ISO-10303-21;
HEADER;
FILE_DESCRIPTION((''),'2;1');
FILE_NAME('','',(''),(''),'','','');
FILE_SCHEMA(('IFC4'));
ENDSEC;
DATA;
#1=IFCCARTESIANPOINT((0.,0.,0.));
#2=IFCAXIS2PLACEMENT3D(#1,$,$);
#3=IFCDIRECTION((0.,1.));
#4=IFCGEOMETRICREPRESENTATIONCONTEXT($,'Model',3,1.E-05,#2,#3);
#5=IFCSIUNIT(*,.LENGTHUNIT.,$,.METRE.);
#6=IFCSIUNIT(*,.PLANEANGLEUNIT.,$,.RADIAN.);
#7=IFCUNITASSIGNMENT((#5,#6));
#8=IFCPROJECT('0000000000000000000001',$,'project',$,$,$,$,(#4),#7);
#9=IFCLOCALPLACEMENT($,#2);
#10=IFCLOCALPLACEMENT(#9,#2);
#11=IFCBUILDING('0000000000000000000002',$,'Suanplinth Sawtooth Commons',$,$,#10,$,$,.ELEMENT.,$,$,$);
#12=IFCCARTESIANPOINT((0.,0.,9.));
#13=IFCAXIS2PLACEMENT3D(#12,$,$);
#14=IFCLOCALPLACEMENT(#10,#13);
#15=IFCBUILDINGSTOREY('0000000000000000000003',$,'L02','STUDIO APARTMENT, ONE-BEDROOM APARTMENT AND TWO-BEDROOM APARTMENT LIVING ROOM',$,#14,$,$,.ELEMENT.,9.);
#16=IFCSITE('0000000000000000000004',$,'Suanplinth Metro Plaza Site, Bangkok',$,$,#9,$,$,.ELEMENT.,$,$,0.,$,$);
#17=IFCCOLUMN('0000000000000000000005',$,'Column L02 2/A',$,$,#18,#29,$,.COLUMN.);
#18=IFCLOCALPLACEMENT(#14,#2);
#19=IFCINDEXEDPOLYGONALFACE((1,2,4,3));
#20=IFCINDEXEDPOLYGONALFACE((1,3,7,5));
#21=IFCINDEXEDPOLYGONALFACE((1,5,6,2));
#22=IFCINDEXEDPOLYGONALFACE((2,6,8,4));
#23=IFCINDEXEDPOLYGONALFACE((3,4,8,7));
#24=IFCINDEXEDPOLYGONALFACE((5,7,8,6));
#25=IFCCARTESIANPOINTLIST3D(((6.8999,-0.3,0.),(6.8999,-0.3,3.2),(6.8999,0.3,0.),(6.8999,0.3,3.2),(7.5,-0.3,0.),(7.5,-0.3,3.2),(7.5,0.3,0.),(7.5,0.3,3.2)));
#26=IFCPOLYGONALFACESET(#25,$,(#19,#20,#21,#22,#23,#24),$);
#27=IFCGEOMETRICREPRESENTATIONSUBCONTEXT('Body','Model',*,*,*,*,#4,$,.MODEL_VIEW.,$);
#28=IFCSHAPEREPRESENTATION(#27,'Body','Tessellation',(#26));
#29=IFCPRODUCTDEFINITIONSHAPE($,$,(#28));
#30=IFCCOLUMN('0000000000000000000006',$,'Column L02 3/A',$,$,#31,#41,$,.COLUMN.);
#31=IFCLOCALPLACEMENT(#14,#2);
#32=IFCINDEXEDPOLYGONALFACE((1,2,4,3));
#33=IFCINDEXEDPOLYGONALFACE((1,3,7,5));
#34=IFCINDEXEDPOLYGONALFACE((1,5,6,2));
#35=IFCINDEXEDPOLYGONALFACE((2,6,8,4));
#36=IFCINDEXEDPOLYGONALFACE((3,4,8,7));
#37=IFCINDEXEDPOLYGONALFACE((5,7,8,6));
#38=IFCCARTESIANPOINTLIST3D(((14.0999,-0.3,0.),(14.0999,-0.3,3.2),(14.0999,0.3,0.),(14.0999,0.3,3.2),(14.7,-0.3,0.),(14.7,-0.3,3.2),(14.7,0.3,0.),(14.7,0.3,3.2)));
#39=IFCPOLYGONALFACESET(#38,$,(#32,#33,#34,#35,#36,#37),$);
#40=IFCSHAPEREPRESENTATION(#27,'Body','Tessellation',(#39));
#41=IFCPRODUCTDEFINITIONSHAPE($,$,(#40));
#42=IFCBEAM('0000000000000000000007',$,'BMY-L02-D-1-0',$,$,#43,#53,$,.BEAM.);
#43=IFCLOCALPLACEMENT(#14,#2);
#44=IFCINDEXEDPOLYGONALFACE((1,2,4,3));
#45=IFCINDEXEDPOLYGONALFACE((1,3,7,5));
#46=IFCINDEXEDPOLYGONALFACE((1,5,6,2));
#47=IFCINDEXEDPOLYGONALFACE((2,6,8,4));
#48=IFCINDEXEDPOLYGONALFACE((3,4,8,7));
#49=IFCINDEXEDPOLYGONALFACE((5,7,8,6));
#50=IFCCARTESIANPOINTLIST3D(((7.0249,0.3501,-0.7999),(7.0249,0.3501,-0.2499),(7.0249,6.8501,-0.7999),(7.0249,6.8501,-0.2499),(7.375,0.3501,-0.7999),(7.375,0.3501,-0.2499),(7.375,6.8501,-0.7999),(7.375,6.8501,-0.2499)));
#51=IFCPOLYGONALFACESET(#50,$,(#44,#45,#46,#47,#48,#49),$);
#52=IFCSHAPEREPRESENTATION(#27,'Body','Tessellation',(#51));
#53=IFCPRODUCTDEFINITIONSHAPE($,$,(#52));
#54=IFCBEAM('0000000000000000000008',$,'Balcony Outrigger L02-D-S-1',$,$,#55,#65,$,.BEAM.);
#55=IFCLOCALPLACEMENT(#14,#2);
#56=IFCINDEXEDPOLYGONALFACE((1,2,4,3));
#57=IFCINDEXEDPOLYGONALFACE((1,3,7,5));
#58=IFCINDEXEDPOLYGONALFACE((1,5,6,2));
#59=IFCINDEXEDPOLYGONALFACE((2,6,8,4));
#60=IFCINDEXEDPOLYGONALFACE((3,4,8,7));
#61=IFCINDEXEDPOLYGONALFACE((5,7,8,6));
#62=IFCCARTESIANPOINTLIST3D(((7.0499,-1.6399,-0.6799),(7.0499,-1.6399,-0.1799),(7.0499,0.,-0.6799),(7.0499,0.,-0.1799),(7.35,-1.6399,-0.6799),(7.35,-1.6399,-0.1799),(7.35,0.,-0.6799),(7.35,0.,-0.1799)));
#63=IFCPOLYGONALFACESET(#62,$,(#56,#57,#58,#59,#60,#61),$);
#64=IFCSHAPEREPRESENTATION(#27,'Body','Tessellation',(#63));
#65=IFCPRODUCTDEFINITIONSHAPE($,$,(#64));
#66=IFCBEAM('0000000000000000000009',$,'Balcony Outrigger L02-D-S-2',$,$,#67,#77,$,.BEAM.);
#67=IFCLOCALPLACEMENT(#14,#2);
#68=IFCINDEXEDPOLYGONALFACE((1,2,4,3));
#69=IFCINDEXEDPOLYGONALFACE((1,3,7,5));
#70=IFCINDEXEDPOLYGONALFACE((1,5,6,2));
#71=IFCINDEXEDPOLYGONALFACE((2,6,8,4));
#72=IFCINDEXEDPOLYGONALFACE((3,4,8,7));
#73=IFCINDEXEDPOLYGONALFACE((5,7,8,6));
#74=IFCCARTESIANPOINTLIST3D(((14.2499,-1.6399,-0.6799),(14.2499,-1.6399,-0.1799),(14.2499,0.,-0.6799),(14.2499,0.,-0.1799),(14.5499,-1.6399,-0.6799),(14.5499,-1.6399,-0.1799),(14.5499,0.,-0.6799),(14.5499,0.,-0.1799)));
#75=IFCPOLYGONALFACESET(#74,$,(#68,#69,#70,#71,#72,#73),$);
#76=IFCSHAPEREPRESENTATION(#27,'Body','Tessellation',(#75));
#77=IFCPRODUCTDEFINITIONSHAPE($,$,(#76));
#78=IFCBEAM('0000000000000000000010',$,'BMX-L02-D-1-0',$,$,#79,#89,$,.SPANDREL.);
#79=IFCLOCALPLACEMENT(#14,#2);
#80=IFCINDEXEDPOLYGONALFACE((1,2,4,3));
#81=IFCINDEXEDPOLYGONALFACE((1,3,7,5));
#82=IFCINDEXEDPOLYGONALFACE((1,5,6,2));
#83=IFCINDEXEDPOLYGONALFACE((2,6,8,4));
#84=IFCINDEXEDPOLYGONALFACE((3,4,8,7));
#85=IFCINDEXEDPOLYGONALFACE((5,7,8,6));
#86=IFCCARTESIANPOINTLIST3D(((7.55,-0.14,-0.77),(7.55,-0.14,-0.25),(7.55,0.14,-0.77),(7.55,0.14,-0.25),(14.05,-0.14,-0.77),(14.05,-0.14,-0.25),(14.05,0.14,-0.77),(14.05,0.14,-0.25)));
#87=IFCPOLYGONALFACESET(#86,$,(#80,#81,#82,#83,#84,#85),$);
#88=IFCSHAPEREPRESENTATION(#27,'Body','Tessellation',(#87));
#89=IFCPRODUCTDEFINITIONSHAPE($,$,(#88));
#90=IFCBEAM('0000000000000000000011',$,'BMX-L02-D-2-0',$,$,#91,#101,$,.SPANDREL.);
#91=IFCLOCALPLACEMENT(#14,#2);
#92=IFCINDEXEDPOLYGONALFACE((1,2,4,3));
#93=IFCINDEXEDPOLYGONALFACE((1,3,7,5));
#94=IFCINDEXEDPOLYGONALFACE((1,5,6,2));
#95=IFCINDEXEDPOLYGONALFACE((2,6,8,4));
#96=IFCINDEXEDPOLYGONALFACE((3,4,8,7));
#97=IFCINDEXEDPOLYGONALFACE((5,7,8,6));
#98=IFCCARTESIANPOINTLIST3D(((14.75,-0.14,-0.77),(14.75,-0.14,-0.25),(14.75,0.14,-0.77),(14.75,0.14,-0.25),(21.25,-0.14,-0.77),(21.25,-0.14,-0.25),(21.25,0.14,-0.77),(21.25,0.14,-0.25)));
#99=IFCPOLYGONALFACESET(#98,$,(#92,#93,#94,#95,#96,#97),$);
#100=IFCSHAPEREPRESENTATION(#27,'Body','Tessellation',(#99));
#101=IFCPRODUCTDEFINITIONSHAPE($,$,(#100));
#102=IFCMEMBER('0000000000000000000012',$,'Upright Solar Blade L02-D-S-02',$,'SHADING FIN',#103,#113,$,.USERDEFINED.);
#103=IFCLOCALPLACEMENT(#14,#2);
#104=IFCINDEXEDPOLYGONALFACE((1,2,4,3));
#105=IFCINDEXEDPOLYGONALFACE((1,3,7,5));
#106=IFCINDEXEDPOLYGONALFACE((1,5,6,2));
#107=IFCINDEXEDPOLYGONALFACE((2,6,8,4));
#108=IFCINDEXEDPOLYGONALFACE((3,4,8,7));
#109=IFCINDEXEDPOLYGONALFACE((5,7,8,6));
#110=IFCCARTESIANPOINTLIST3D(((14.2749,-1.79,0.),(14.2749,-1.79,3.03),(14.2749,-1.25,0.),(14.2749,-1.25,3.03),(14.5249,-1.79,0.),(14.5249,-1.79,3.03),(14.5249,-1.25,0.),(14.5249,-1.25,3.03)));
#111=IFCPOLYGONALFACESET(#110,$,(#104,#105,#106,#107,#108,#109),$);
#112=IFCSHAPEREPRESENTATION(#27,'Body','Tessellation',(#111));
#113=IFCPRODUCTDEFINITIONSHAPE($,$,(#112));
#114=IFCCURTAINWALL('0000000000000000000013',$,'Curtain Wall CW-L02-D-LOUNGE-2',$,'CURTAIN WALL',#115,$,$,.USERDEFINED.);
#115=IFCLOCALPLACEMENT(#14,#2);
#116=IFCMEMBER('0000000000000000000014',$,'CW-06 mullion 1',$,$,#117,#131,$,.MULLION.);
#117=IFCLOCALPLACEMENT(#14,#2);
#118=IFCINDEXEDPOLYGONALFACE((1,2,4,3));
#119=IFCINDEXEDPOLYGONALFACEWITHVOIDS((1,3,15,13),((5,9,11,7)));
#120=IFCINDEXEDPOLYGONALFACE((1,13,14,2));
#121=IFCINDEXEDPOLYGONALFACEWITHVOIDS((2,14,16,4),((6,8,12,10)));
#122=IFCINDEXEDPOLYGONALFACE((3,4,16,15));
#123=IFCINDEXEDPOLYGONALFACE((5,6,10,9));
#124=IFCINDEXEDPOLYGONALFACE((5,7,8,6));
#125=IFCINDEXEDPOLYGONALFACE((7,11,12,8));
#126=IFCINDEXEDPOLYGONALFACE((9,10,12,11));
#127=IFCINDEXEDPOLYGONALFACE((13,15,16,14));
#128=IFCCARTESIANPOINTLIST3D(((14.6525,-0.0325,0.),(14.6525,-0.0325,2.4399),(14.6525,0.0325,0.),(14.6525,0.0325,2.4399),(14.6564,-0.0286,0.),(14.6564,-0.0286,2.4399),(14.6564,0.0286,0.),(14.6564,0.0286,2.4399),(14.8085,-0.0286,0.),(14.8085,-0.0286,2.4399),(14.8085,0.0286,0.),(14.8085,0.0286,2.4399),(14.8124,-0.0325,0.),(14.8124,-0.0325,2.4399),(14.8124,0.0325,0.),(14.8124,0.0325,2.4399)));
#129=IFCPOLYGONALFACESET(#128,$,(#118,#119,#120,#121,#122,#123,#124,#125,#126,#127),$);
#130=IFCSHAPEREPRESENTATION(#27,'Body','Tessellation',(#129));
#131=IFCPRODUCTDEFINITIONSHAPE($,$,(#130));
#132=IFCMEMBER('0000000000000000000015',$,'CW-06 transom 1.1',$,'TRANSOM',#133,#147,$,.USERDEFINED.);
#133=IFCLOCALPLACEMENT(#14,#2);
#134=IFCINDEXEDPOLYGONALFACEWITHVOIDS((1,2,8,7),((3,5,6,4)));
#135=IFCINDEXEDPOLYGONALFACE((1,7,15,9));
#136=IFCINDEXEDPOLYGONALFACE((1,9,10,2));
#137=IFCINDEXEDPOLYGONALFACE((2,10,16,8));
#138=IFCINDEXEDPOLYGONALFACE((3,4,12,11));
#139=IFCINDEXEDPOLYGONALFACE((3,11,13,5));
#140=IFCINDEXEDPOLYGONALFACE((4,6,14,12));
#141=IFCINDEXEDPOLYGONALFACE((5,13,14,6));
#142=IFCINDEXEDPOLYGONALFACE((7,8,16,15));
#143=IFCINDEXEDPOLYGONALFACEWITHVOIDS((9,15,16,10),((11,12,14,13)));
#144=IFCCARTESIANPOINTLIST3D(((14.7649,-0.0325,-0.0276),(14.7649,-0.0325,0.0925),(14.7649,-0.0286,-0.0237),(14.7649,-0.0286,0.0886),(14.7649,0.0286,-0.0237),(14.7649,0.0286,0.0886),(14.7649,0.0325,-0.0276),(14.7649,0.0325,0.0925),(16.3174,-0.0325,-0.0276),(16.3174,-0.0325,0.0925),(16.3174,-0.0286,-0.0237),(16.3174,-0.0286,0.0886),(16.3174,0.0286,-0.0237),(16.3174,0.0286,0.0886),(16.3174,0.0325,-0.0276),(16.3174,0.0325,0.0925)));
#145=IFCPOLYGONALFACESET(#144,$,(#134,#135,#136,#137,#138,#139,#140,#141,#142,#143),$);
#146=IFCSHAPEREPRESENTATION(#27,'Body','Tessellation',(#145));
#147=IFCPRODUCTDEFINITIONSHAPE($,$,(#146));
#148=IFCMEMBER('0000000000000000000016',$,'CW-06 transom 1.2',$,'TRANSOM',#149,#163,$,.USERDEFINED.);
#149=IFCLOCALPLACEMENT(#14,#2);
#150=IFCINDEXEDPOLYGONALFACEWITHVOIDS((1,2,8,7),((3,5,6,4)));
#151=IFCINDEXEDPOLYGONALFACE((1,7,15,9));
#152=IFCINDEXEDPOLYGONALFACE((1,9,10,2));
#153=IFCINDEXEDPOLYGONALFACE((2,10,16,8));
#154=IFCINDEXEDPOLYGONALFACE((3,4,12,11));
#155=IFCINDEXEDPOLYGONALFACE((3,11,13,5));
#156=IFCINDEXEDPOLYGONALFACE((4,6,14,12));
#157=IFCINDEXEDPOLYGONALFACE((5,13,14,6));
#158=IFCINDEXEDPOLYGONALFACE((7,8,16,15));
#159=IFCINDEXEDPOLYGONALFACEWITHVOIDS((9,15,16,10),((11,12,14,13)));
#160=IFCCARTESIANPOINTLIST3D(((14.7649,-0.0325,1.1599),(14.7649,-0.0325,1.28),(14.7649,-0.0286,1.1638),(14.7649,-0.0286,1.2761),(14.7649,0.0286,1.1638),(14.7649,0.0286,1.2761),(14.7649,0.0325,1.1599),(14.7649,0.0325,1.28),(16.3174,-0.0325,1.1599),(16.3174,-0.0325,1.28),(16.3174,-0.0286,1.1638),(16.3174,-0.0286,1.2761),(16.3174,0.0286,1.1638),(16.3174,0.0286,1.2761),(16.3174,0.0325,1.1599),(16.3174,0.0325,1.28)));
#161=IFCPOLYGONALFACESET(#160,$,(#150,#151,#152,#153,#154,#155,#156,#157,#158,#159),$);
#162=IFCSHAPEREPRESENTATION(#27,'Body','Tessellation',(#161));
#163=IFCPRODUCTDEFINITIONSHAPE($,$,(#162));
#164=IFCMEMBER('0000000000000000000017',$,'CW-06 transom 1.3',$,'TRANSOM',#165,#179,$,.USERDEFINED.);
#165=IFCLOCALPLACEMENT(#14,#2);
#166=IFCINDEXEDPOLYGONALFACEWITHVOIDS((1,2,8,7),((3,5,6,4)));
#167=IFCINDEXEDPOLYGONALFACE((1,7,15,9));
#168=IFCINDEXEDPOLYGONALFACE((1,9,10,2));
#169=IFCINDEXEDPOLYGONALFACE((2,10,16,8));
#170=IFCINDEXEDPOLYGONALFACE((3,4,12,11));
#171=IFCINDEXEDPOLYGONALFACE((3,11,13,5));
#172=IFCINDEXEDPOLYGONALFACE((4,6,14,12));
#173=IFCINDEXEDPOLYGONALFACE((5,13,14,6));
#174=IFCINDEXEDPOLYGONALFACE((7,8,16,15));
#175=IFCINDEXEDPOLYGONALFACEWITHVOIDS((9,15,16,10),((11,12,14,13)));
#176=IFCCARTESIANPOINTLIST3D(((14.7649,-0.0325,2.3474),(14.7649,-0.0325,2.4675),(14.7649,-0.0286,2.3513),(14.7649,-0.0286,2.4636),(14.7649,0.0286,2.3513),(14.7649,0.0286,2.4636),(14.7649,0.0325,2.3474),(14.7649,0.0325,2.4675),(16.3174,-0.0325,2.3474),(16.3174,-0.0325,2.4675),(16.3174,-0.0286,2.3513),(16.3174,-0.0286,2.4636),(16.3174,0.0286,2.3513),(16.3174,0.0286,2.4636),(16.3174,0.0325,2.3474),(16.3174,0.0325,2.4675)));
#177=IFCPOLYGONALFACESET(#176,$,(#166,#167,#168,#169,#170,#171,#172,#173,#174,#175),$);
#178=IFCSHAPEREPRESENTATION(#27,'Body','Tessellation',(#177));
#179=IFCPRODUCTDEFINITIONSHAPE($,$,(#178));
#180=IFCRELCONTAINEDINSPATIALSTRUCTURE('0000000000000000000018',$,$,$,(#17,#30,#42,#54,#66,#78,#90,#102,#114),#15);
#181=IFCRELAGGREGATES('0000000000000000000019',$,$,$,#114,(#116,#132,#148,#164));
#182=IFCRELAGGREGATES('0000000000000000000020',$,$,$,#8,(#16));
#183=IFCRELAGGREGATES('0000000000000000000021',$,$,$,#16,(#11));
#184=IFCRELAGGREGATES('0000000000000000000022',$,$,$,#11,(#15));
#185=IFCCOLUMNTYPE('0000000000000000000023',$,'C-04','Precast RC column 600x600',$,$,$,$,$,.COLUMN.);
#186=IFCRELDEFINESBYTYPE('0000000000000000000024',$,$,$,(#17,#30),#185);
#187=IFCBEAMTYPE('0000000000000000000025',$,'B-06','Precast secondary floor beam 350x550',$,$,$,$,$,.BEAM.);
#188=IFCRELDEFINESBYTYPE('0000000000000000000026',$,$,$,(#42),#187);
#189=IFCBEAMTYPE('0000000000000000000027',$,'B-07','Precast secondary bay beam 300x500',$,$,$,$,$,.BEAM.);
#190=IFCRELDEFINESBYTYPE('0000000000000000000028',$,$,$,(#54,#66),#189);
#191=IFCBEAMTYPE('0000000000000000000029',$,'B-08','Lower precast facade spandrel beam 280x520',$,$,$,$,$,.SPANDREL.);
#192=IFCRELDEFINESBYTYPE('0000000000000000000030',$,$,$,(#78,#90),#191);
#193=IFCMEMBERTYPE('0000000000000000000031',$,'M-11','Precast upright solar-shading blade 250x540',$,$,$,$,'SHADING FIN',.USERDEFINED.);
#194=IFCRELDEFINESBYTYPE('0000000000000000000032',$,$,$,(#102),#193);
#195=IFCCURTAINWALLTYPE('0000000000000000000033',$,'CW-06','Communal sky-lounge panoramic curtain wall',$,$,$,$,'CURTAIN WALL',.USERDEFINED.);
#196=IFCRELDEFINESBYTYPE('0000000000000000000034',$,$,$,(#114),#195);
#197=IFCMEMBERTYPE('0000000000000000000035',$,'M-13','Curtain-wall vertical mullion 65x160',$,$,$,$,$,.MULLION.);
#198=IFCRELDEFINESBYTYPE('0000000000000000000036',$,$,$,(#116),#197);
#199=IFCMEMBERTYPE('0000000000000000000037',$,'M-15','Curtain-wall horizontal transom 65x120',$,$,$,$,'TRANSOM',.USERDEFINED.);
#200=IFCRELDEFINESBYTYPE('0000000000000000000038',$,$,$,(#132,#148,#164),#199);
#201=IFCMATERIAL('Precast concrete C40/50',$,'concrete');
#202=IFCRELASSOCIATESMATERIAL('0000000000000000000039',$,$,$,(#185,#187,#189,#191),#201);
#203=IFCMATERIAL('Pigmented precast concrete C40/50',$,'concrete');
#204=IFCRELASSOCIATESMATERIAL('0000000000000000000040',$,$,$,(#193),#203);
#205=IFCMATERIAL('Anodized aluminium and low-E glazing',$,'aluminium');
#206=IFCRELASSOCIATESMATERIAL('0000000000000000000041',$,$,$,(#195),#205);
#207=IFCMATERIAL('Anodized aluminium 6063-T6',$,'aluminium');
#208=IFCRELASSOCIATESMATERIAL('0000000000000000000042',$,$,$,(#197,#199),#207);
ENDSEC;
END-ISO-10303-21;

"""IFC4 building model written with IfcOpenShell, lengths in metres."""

from ifc_helpers import new_model, si_unit, direction, frame, origin, origin_2d, place, context, subcontext, project, spatial, rectangle, hollow_rectangle, extrude, material, material_profile, profile_set, type_object, element, aggregate, save


model = new_model("IFC4")

# Units and contexts
model_context = context("Model", 3, precision=1e-05, world=origin(), true_north=direction((0.0, 1.0)))
body_context = subcontext(model_context, "Body", "Model", "MODEL_VIEW")
ifc_project = project(units=[si_unit("LENGTHUNIT", "METRE"), si_unit("PLANEANGLEUNIT", "RADIAN")], contexts=[model_context])

# Site, building, storey
site_placement = place(None, origin())
site = spatial("IfcSite", under=ifc_project, at=site_placement, Name="Suanplinth Metro Plaza Site, Bangkok", CompositionType="ELEMENT", RefElevation=0.0)
building_placement = place(site_placement, origin())
building = spatial("IfcBuilding", under=site, at=building_placement, Name="Suanplinth Sawtooth Commons", CompositionType="ELEMENT")
storey_placement = place(building_placement, frame((0.0, 0.0, 9.0)))
storey = spatial("IfcBuildingStorey", under=building, at=storey_placement, Name="L02", Description="STUDIO APARTMENT, ONE-BEDROOM APARTMENT AND TWO-BEDROOM APARTMENT LIVING ROOM", CompositionType="ELEMENT", Elevation=9.0)

# Columns
ifc_material_1 = material(Name="Precast concrete C40/50", Category="concrete")
ifc_material_profile_1 = material_profile(ifc_material_1, rectangle(XDim=0.6001, YDim=0.6001, at=origin_2d()), Name="PC-COL 600x600")
ifc_profile_set_1 = profile_set([ifc_material_profile_1], Name="Precast concrete C40/50")
column_type = type_object("IfcColumnType", Name="C-04", Description="Precast RC column 600x600", PredefinedType="COLUMN", material=ifc_profile_set_1)
for number, where, z_axis, x_axis, name in (
    (1, (7.2, 0.0, 0.0), (0.0, 0.0, 1.0), (1.0, 0.0, 0.0), "Column L02 2/A"),
    (2, (14.3999, 0.0, 0.0), (0.0, 0.0, 1.0), (1.0, 0.0, 0.0), "Column L02 3/A"),
):
    element("IfcColumn", number, at=place(storey_placement, frame(where, z_axis=z_axis, x_axis=x_axis)), inside=storey, type_object=column_type, Name=name, PredefinedType="COLUMN", context=body_context, shape_type="SweptSolid", body=[
        extrude(rectangle(XDim=0.6001, YDim=0.6001, at=origin_2d()), origin(), (0.0, 0.0, 1.0), 3.2),
    ])

# Beams
ifc_material_profile_2 = material_profile(ifc_material_1, rectangle(XDim=0.3501, YDim=0.55, at=origin_2d()), Name="PC-BM 350x550")
ifc_profile_set_2 = profile_set([ifc_material_profile_2], Name="Precast concrete C40/50")
beam_type_1 = type_object("IfcBeamType", Name="B-06", Description="Precast secondary floor beam 350x550", PredefinedType="BEAM", material=ifc_profile_set_2)
beam_placement = place(storey_placement, frame((7.2, 0.3501, -0.5249), z_axis=(0.0, 1.0, 0.0), x_axis=(-1.0, 0.0, 0.0)))
element("IfcBeam", 3, at=beam_placement, inside=storey, type_object=beam_type_1, Name="BMY-L02-D-1-0", PredefinedType="BEAM", context=body_context, shape_type="SweptSolid", body=[
    extrude(rectangle(XDim=0.3501, YDim=0.55, at=origin_2d()), origin(), (0.0, 0.0, 1.0), 6.5),
])
ifc_material_profile_3 = material_profile(ifc_material_1, rectangle(XDim=0.3, YDim=0.5, at=origin_2d()), Name="PC-BM 300x500")
ifc_profile_set_3 = profile_set([ifc_material_profile_3], Name="Precast concrete C40/50")
beam_type_2 = type_object("IfcBeamType", Name="B-07", Description="Precast secondary bay beam 300x500", PredefinedType="BEAM", material=ifc_profile_set_3)
for number, where, z_axis, x_axis, name in (
    (4, (7.2, 0.0, -0.4299), (0.0, -1.0, 0.0), (1.0, 0.0, 0.0), "Balcony Outrigger L02-D-S-1"),
    (5, (14.3999, 0.0, -0.4299), (0.0, -1.0, 0.0), (1.0, 0.0, 0.0), "Balcony Outrigger L02-D-S-2"),
):
    element("IfcBeam", number, at=place(storey_placement, frame(where, z_axis=z_axis, x_axis=x_axis)), inside=storey, type_object=beam_type_2, Name=name, PredefinedType="BEAM", context=body_context, shape_type="SweptSolid", body=[
        extrude(rectangle(XDim=0.3, YDim=0.5, at=origin_2d()), origin(), (0.0, 0.0, 1.0), 1.6399),
    ])
ifc_material_profile_4 = material_profile(ifc_material_1, rectangle(XDim=0.28, YDim=0.52, at=origin_2d()), Name="PC-SP 280x520")
ifc_profile_set_4 = profile_set([ifc_material_profile_4], Name="Precast concrete C40/50")
beam_type_3 = type_object("IfcBeamType", Name="B-08", Description="Lower precast facade spandrel beam 280x520", PredefinedType="SPANDREL", material=ifc_profile_set_4)
for number, where, z_axis, x_axis, name in (
    (6, (7.55, 0.0, -0.51), (1.0, 0.0, 0.0), (0.0, 1.0, 0.0), "BMX-L02-D-1-0"),
    (7, (14.75, 0.0, -0.51), (1.0, 0.0, 0.0), (0.0, 1.0, 0.0), "BMX-L02-D-2-0"),
):
    element("IfcBeam", number, at=place(storey_placement, frame(where, z_axis=z_axis, x_axis=x_axis)), inside=storey, type_object=beam_type_3, Name=name, PredefinedType="SPANDREL", context=body_context, shape_type="SweptSolid", body=[
        extrude(rectangle(XDim=0.28, YDim=0.52, at=origin_2d()), origin(), (0.0, 0.0, 1.0), 6.5),
    ])

# Member
ifc_material_2 = material(Name="Pigmented precast concrete C40/50", Category="concrete")
ifc_material_profile_5 = material_profile(ifc_material_2, rectangle(XDim=0.25, YDim=0.54, at=origin_2d()), Name="PC-FIN 250x540")
ifc_profile_set_5 = profile_set([ifc_material_profile_5], Name="Pigmented precast concrete C40/50")
member_type_1 = type_object("IfcMemberType", Name="M-11", Description="Precast upright solar-shading blade 250x540", ElementType="SHADING FIN", PredefinedType="USERDEFINED", material=ifc_profile_set_5)
member_1_placement = place(storey_placement, frame((14.3999, -1.52, 0.0), z_axis=(0.0, 0.0, 1.0), x_axis=(1.0, 0.0, 0.0)))
element("IfcMember", 8, at=member_1_placement, inside=storey, type_object=member_type_1, Name="Upright Solar Blade L02-D-S-02", ObjectType="SHADING FIN", PredefinedType="USERDEFINED", context=body_context, shape_type="SweptSolid", body=[
    extrude(rectangle(XDim=0.25, YDim=0.54, at=origin_2d()), origin(), (0.0, 0.0, 1.0), 3.03),
])

# Curtain wall, members
ifc_material_3 = material(Name="Anodized aluminium and low-E glazing", Category="aluminium")
curtain_wall_type = type_object("IfcCurtainWallType", Name="CW-06", Description="Communal sky-lounge panoramic curtain wall", ElementType="CURTAIN WALL", PredefinedType="USERDEFINED", material=ifc_material_3)
curtain_wall_placement = place(storey_placement, origin())
curtain_wall = element("IfcCurtainWall", 9, at=curtain_wall_placement, inside=storey, type_object=curtain_wall_type, Name="Curtain Wall CW-L02-D-LOUNGE-2", ObjectType="CURTAIN WALL", PredefinedType="USERDEFINED")
ifc_material_4 = material(Name="Anodized aluminium 6063-T6", Category="aluminium")
ifc_material_profile_6 = material_profile(ifc_material_4, hollow_rectangle(XDim=0.0649, YDim=0.1599, WallThickness=0.0039, at=origin_2d()), Name="ALU-MUL 65x160")
ifc_profile_set_6 = profile_set([ifc_material_profile_6], Name="Anodized aluminium 6063-T6")
member_type_2 = type_object("IfcMemberType", Name="M-13", Description="Curtain-wall vertical mullion 65x160", PredefinedType="MULLION", material=ifc_profile_set_6)
member_2_placement = place(storey_placement, frame((14.7324, 0.0, 0.0), z_axis=(0.0, 0.0, 1.0), x_axis=(0.0, 1.0, 0.0)))
member_2 = element("IfcMember", 10, at=member_2_placement, type_object=member_type_2, Name="CW-06 mullion 1", PredefinedType="MULLION", context=body_context, shape_type="SweptSolid", body=[
    extrude(hollow_rectangle(XDim=0.0649, YDim=0.1599, WallThickness=0.0039, at=origin_2d()), origin(), (0.0, 0.0, 1.0), 2.4399),
])
ifc_material_profile_7 = material_profile(ifc_material_4, hollow_rectangle(XDim=0.0649, YDim=0.1201, WallThickness=0.0039, at=origin_2d()), Name="ALU-TRN 65x120")
ifc_profile_set_7 = profile_set([ifc_material_profile_7], Name="Anodized aluminium 6063-T6")
member_type_3 = type_object("IfcMemberType", Name="M-15", Description="Curtain-wall horizontal transom 65x120", ElementType="TRANSOM", PredefinedType="USERDEFINED", material=ifc_profile_set_7)
member_3_placement = place(storey_placement, frame((14.7649, 0.0, 0.0325), z_axis=(1.0, 0.0, 0.0), x_axis=(0.0, 1.0, 0.0)))
member_3 = element("IfcMember", 11, at=member_3_placement, type_object=member_type_3, Name="CW-06 transom 1.1", ObjectType="TRANSOM", PredefinedType="USERDEFINED", context=body_context, shape_type="SweptSolid", body=[
    extrude(hollow_rectangle(XDim=0.0649, YDim=0.1201, WallThickness=0.0039, at=origin_2d()), origin(), (0.0, 0.0, 1.0), 1.5525),
])
member_4_placement = place(storey_placement, frame((14.7649, 0.0, 1.22), z_axis=(1.0, 0.0, 0.0), x_axis=(0.0, 1.0, 0.0)))
member_4 = element("IfcMember", 12, at=member_4_placement, type_object=member_type_3, Name="CW-06 transom 1.2", ObjectType="TRANSOM", PredefinedType="USERDEFINED", context=body_context, shape_type="SweptSolid", body=[
    extrude(hollow_rectangle(XDim=0.0649, YDim=0.1201, WallThickness=0.0039, at=origin_2d()), origin(), (0.0, 0.0, 1.0), 1.5525),
])
member_5_placement = place(storey_placement, frame((14.7649, 0.0, 2.4075), z_axis=(1.0, 0.0, 0.0), x_axis=(0.0, 1.0, 0.0)))
member_5 = element("IfcMember", 13, at=member_5_placement, type_object=member_type_3, Name="CW-06 transom 1.3", ObjectType="TRANSOM", PredefinedType="USERDEFINED", context=body_context, shape_type="SweptSolid", body=[
    extrude(hollow_rectangle(XDim=0.0649, YDim=0.1201, WallThickness=0.0039, at=origin_2d()), origin(), (0.0, 0.0, 1.0), 1.5525),
])
aggregate(curtain_wall, [member_2, member_3, member_4, member_5])

save(model, "model.ifc")
